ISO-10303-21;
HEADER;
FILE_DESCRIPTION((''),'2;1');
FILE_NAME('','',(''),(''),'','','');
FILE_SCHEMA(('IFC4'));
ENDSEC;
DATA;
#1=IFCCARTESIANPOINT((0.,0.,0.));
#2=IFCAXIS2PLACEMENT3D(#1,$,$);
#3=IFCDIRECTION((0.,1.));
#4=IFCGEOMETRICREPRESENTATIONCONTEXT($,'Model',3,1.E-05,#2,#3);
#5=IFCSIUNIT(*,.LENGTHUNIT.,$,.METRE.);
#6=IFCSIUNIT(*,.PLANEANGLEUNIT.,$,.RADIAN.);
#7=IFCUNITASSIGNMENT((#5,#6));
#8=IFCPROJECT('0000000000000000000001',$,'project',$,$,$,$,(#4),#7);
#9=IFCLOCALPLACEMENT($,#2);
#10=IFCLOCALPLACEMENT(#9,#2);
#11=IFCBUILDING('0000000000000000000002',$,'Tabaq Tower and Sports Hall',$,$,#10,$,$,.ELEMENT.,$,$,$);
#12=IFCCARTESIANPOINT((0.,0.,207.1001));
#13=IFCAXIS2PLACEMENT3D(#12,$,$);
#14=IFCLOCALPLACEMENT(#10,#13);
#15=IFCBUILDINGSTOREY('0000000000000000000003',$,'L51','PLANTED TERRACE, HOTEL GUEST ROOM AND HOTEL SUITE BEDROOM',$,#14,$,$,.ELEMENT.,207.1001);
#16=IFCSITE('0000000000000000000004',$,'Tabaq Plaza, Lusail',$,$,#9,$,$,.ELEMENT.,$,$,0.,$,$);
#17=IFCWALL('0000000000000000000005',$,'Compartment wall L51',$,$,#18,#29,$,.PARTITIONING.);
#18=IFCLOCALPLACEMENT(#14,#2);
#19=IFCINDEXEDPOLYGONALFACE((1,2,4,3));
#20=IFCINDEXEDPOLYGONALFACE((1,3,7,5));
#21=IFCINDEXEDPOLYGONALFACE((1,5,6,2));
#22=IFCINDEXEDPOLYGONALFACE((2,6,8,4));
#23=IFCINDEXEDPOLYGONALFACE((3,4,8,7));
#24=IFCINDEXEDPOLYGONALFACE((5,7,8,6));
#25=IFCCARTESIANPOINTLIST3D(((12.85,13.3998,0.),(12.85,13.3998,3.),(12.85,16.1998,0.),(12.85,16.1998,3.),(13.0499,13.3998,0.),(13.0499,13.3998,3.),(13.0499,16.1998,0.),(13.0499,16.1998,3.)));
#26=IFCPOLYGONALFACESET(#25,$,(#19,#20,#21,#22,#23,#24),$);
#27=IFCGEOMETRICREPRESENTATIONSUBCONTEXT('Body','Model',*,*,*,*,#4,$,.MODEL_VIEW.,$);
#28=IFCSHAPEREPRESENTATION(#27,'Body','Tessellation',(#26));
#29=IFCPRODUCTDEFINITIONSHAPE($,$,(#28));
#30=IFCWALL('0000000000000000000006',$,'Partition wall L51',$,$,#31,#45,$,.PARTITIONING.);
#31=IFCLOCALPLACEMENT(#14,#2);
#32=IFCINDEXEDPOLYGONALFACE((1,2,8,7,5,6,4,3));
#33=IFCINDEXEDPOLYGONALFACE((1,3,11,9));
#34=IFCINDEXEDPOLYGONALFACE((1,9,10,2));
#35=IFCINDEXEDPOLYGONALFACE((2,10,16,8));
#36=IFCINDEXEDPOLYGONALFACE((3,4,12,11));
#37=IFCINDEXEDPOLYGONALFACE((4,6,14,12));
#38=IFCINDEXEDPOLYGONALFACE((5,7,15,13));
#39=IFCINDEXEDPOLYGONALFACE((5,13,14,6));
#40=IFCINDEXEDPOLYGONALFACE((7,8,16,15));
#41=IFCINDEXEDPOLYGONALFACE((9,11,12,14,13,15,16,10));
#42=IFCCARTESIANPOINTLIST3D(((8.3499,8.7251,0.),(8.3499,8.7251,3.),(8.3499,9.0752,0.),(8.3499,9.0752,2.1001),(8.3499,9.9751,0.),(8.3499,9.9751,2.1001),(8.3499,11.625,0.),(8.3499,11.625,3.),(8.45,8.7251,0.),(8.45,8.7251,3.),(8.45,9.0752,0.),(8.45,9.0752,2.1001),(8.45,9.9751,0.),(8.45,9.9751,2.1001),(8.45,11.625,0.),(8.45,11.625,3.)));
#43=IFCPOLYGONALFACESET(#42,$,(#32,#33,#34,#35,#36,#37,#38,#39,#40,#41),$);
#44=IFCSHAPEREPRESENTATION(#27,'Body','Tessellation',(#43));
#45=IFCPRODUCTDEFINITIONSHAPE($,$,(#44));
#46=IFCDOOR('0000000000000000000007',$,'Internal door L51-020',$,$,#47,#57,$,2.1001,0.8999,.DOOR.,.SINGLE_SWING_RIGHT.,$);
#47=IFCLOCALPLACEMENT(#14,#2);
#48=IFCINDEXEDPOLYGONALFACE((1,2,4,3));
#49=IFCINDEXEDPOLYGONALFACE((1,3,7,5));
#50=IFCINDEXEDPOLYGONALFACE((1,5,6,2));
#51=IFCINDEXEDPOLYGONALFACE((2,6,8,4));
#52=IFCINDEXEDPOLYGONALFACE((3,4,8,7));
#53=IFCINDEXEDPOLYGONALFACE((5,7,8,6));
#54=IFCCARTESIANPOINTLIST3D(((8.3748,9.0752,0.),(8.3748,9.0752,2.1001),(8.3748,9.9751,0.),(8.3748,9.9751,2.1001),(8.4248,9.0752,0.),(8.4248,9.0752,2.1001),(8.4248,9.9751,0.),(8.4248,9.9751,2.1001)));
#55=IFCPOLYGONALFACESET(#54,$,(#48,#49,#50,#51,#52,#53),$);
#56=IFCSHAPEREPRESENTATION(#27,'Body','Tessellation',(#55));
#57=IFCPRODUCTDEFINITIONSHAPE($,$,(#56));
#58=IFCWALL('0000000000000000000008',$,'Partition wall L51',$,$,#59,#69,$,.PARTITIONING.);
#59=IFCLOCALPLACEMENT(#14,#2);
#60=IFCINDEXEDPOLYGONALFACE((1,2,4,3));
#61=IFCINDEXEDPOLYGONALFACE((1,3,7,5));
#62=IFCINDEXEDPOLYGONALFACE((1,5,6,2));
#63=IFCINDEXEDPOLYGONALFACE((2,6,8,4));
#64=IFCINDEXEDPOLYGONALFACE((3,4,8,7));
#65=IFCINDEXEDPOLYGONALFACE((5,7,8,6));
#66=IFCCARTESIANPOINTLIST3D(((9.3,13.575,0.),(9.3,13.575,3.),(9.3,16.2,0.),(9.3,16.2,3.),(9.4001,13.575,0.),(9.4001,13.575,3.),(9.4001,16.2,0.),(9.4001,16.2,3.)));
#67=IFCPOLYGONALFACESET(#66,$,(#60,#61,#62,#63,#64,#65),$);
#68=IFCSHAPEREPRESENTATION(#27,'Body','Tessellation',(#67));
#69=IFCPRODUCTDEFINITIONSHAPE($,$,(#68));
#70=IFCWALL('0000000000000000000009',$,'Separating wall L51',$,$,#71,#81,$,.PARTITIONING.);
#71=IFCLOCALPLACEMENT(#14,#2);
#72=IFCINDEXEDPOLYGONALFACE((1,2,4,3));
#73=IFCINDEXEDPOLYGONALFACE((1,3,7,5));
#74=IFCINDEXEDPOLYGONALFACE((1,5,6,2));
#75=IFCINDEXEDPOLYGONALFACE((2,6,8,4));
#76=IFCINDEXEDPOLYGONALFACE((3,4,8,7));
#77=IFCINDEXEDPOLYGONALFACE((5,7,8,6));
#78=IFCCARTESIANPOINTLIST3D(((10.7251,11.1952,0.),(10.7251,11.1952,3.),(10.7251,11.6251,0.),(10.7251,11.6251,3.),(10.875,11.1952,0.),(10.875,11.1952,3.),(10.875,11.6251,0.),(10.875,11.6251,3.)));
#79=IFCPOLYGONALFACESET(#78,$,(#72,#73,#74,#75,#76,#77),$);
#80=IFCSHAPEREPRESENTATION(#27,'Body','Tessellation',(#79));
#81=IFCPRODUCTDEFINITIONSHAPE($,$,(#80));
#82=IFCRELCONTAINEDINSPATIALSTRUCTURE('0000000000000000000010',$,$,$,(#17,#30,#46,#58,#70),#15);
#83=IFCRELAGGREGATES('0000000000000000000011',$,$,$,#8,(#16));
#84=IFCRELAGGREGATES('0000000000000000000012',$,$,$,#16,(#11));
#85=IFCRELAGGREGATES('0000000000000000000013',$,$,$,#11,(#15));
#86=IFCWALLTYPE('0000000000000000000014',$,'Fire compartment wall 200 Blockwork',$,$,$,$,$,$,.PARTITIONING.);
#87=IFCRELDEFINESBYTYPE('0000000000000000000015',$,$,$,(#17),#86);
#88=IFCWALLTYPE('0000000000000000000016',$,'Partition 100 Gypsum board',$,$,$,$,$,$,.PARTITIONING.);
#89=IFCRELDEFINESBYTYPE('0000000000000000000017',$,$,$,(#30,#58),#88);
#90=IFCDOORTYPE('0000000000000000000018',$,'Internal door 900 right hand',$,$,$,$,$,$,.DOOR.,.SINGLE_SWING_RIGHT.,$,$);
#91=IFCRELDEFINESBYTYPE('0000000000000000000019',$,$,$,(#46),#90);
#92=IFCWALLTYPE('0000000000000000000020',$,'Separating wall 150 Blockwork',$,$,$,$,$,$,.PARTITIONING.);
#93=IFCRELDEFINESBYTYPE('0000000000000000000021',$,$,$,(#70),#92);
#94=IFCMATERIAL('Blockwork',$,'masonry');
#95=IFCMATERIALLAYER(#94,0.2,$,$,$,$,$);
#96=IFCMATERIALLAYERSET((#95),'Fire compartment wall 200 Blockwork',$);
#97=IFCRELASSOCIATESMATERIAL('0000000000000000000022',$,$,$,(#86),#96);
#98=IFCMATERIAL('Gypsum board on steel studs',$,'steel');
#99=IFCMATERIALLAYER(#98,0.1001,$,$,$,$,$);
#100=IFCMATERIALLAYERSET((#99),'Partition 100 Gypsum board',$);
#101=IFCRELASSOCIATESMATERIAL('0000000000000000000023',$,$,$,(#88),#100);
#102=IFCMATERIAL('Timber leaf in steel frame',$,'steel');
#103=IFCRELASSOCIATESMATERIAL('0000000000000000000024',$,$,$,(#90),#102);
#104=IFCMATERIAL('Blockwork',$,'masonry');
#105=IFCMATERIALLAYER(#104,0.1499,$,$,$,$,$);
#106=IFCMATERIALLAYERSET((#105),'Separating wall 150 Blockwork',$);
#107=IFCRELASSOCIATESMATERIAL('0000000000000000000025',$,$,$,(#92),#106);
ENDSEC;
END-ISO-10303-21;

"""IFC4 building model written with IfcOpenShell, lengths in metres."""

from ifc_helpers import new_model, si_unit, direction, frame, frame_2d, origin, place, context, subcontext, project, spatial, rectangle, extrude, material, layer, layer_set, type_object, element, fill, save


model = new_model("IFC4")

# Units and contexts
model_context = context("Model", 3, precision=1e-05, world=origin(), true_north=direction((0.0, 1.0)))
body_context = subcontext(model_context, "Body", "Model", "MODEL_VIEW")
ifc_project = project(units=[si_unit("LENGTHUNIT", "METRE"), si_unit("PLANEANGLEUNIT", "RADIAN")], contexts=[model_context])

# Site, building, storey
site_placement = place(None, origin())
site = spatial("IfcSite", under=ifc_project, at=site_placement, Name="Tabaq Plaza, Lusail", CompositionType="ELEMENT", RefElevation=0.0)
building_placement = place(site_placement, origin())
building = spatial("IfcBuilding", under=site, at=building_placement, Name="Tabaq Tower and Sports Hall", CompositionType="ELEMENT")
storey_placement = place(building_placement, frame((0.0, 0.0, 207.1001)))
storey = spatial("IfcBuildingStorey", under=building, at=storey_placement, Name="L51", Description="PLANTED TERRACE, HOTEL GUEST ROOM AND HOTEL SUITE BEDROOM", CompositionType="ELEMENT", Elevation=207.1001)

# Wall
ifc_material_1 = material(Name="Blockwork", Category="masonry")
ifc_layer_1 = layer(ifc_material_1, 0.2)
ifc_layer_set_1 = layer_set([ifc_layer_1], Name="Fire compartment wall 200 Blockwork")
wall_type_1 = type_object("IfcWallType", Name="Fire compartment wall 200 Blockwork", PredefinedType="PARTITIONING", material=ifc_layer_set_1)
wall_1_placement = place(storey_placement, frame((12.95, 13.3999, 0.0), z_axis=(0.0, 0.0, 1.0), x_axis=(0.0, 1.0, 0.0)))
element("IfcWall", 1, at=wall_1_placement, inside=storey, type_object=wall_type_1, Name="Compartment wall L51", PredefinedType="PARTITIONING", context=body_context, shape_type="SweptSolid", body=[
    extrude(rectangle(XDim=2.8, YDim=0.2, at=frame_2d((1.3999, 0.0))), origin(), (0.0, 0.0, 1.0), 3.0),
])

# Wall, opening, door
ifc_material_2 = material(Name="Gypsum board on steel studs", Category="steel")
ifc_layer_2 = layer(ifc_material_2, 0.1001)
ifc_layer_set_2 = layer_set([ifc_layer_2], Name="Partition 100 Gypsum board")
wall_type_2 = type_object("IfcWallType", Name="Partition 100 Gypsum board", PredefinedType="PARTITIONING", material=ifc_layer_set_2)
wall_2_placement = place(storey_placement, frame((8.3999, 11.625, 0.0), z_axis=(0.0, 0.0, 1.0), x_axis=(0.0, -1.0, 0.0)))
wall_2 = element("IfcWall", 2, at=wall_2_placement, inside=storey, type_object=wall_type_2, Name="Partition wall L51", PredefinedType="PARTITIONING", context=body_context, shape_type="SweptSolid", body=[
    extrude(rectangle(XDim=2.8999, YDim=0.1001, at=frame_2d((1.45, 0.0))), origin(), (0.0, 0.0, 1.0), 3.0),
])
opening_1_placement = place(wall_2_placement, frame((1.6499, 0.0, 0.0)))
opening_1 = element("IfcOpeningElement", 3, at=opening_1_placement, cuts=wall_2, PredefinedType="OPENING", context=body_context, shape_type="SweptSolid", body=[
    extrude(rectangle(XDim=0.8999, YDim=2.1001, at=frame_2d((0.45, 1.05))), frame((0.0, 0.05, 0.0), z_axis=(0.0, -1.0, 0.0), x_axis=(1.0, 0.0, 0.0)), (0.0, 0.0, 1.0), 0.1001),
])
ifc_material_3 = material(Name="Timber leaf in steel frame", Category="steel")
door_type_1 = type_object("IfcDoorType", Name="Internal door 900 right hand", OperationType="SINGLE_SWING_RIGHT", PredefinedType="DOOR", material=ifc_material_3)
door_1_placement = place(opening_1_placement, origin())
door_1 = element("IfcDoor", 4, at=door_1_placement, inside=storey, type_object=door_type_1, Name="Internal door L51-020", OperationType="SINGLE_SWING_RIGHT", OverallHeight=2.1001, OverallWidth=0.8999, PredefinedType="DOOR", context=body_context, shape_type="SweptSolid", body=[
    extrude(rectangle(XDim=0.8999, YDim=2.1001, at=frame_2d((0.45, 1.05))), frame((0.0, 0.0249, 0.0), z_axis=(0.0, -1.0, 0.0), x_axis=(1.0, 0.0, 0.0)), (0.0, 0.0, 1.0), 0.05),
])
fill(opening_1, door_1)

# Walls
wall_3_placement = place(storey_placement, frame((9.3501, 16.2, 0.0), z_axis=(0.0, 0.0, 1.0), x_axis=(0.0, -1.0, 0.0)))
element("IfcWall", 5, at=wall_3_placement, inside=storey, type_object=wall_type_2, Name="Partition wall L51", PredefinedType="PARTITIONING", context=body_context, shape_type="SweptSolid", body=[
    extrude(rectangle(XDim=2.625, YDim=0.1001, at=frame_2d((1.3125, 0.0))), origin(), (0.0, 0.0, 1.0), 3.0),
])
ifc_material_4 = material(Name="Blockwork", Category="masonry")
ifc_layer_3 = layer(ifc_material_4, 0.1499)
ifc_layer_set_3 = layer_set([ifc_layer_3], Name="Separating wall 150 Blockwork")
wall_type_3 = type_object("IfcWallType", Name="Separating wall 150 Blockwork", PredefinedType="PARTITIONING", material=ifc_layer_set_3)
wall_4_placement = place(storey_placement, frame((10.8, 11.625, 0.0), z_axis=(0.0, 0.0, 1.0), x_axis=(0.0, -1.0, 0.0)))
element("IfcWall", 6, at=wall_4_placement, inside=storey, type_object=wall_type_3, Name="Separating wall L51", PredefinedType="PARTITIONING", context=body_context, shape_type="SweptSolid", body=[
    extrude(rectangle(XDim=0.4299, YDim=0.1499, at=frame_2d((0.2148, 0.0))), origin(), (0.0, 0.0, 1.0), 3.0),
])

save(model, "model.ifc")
